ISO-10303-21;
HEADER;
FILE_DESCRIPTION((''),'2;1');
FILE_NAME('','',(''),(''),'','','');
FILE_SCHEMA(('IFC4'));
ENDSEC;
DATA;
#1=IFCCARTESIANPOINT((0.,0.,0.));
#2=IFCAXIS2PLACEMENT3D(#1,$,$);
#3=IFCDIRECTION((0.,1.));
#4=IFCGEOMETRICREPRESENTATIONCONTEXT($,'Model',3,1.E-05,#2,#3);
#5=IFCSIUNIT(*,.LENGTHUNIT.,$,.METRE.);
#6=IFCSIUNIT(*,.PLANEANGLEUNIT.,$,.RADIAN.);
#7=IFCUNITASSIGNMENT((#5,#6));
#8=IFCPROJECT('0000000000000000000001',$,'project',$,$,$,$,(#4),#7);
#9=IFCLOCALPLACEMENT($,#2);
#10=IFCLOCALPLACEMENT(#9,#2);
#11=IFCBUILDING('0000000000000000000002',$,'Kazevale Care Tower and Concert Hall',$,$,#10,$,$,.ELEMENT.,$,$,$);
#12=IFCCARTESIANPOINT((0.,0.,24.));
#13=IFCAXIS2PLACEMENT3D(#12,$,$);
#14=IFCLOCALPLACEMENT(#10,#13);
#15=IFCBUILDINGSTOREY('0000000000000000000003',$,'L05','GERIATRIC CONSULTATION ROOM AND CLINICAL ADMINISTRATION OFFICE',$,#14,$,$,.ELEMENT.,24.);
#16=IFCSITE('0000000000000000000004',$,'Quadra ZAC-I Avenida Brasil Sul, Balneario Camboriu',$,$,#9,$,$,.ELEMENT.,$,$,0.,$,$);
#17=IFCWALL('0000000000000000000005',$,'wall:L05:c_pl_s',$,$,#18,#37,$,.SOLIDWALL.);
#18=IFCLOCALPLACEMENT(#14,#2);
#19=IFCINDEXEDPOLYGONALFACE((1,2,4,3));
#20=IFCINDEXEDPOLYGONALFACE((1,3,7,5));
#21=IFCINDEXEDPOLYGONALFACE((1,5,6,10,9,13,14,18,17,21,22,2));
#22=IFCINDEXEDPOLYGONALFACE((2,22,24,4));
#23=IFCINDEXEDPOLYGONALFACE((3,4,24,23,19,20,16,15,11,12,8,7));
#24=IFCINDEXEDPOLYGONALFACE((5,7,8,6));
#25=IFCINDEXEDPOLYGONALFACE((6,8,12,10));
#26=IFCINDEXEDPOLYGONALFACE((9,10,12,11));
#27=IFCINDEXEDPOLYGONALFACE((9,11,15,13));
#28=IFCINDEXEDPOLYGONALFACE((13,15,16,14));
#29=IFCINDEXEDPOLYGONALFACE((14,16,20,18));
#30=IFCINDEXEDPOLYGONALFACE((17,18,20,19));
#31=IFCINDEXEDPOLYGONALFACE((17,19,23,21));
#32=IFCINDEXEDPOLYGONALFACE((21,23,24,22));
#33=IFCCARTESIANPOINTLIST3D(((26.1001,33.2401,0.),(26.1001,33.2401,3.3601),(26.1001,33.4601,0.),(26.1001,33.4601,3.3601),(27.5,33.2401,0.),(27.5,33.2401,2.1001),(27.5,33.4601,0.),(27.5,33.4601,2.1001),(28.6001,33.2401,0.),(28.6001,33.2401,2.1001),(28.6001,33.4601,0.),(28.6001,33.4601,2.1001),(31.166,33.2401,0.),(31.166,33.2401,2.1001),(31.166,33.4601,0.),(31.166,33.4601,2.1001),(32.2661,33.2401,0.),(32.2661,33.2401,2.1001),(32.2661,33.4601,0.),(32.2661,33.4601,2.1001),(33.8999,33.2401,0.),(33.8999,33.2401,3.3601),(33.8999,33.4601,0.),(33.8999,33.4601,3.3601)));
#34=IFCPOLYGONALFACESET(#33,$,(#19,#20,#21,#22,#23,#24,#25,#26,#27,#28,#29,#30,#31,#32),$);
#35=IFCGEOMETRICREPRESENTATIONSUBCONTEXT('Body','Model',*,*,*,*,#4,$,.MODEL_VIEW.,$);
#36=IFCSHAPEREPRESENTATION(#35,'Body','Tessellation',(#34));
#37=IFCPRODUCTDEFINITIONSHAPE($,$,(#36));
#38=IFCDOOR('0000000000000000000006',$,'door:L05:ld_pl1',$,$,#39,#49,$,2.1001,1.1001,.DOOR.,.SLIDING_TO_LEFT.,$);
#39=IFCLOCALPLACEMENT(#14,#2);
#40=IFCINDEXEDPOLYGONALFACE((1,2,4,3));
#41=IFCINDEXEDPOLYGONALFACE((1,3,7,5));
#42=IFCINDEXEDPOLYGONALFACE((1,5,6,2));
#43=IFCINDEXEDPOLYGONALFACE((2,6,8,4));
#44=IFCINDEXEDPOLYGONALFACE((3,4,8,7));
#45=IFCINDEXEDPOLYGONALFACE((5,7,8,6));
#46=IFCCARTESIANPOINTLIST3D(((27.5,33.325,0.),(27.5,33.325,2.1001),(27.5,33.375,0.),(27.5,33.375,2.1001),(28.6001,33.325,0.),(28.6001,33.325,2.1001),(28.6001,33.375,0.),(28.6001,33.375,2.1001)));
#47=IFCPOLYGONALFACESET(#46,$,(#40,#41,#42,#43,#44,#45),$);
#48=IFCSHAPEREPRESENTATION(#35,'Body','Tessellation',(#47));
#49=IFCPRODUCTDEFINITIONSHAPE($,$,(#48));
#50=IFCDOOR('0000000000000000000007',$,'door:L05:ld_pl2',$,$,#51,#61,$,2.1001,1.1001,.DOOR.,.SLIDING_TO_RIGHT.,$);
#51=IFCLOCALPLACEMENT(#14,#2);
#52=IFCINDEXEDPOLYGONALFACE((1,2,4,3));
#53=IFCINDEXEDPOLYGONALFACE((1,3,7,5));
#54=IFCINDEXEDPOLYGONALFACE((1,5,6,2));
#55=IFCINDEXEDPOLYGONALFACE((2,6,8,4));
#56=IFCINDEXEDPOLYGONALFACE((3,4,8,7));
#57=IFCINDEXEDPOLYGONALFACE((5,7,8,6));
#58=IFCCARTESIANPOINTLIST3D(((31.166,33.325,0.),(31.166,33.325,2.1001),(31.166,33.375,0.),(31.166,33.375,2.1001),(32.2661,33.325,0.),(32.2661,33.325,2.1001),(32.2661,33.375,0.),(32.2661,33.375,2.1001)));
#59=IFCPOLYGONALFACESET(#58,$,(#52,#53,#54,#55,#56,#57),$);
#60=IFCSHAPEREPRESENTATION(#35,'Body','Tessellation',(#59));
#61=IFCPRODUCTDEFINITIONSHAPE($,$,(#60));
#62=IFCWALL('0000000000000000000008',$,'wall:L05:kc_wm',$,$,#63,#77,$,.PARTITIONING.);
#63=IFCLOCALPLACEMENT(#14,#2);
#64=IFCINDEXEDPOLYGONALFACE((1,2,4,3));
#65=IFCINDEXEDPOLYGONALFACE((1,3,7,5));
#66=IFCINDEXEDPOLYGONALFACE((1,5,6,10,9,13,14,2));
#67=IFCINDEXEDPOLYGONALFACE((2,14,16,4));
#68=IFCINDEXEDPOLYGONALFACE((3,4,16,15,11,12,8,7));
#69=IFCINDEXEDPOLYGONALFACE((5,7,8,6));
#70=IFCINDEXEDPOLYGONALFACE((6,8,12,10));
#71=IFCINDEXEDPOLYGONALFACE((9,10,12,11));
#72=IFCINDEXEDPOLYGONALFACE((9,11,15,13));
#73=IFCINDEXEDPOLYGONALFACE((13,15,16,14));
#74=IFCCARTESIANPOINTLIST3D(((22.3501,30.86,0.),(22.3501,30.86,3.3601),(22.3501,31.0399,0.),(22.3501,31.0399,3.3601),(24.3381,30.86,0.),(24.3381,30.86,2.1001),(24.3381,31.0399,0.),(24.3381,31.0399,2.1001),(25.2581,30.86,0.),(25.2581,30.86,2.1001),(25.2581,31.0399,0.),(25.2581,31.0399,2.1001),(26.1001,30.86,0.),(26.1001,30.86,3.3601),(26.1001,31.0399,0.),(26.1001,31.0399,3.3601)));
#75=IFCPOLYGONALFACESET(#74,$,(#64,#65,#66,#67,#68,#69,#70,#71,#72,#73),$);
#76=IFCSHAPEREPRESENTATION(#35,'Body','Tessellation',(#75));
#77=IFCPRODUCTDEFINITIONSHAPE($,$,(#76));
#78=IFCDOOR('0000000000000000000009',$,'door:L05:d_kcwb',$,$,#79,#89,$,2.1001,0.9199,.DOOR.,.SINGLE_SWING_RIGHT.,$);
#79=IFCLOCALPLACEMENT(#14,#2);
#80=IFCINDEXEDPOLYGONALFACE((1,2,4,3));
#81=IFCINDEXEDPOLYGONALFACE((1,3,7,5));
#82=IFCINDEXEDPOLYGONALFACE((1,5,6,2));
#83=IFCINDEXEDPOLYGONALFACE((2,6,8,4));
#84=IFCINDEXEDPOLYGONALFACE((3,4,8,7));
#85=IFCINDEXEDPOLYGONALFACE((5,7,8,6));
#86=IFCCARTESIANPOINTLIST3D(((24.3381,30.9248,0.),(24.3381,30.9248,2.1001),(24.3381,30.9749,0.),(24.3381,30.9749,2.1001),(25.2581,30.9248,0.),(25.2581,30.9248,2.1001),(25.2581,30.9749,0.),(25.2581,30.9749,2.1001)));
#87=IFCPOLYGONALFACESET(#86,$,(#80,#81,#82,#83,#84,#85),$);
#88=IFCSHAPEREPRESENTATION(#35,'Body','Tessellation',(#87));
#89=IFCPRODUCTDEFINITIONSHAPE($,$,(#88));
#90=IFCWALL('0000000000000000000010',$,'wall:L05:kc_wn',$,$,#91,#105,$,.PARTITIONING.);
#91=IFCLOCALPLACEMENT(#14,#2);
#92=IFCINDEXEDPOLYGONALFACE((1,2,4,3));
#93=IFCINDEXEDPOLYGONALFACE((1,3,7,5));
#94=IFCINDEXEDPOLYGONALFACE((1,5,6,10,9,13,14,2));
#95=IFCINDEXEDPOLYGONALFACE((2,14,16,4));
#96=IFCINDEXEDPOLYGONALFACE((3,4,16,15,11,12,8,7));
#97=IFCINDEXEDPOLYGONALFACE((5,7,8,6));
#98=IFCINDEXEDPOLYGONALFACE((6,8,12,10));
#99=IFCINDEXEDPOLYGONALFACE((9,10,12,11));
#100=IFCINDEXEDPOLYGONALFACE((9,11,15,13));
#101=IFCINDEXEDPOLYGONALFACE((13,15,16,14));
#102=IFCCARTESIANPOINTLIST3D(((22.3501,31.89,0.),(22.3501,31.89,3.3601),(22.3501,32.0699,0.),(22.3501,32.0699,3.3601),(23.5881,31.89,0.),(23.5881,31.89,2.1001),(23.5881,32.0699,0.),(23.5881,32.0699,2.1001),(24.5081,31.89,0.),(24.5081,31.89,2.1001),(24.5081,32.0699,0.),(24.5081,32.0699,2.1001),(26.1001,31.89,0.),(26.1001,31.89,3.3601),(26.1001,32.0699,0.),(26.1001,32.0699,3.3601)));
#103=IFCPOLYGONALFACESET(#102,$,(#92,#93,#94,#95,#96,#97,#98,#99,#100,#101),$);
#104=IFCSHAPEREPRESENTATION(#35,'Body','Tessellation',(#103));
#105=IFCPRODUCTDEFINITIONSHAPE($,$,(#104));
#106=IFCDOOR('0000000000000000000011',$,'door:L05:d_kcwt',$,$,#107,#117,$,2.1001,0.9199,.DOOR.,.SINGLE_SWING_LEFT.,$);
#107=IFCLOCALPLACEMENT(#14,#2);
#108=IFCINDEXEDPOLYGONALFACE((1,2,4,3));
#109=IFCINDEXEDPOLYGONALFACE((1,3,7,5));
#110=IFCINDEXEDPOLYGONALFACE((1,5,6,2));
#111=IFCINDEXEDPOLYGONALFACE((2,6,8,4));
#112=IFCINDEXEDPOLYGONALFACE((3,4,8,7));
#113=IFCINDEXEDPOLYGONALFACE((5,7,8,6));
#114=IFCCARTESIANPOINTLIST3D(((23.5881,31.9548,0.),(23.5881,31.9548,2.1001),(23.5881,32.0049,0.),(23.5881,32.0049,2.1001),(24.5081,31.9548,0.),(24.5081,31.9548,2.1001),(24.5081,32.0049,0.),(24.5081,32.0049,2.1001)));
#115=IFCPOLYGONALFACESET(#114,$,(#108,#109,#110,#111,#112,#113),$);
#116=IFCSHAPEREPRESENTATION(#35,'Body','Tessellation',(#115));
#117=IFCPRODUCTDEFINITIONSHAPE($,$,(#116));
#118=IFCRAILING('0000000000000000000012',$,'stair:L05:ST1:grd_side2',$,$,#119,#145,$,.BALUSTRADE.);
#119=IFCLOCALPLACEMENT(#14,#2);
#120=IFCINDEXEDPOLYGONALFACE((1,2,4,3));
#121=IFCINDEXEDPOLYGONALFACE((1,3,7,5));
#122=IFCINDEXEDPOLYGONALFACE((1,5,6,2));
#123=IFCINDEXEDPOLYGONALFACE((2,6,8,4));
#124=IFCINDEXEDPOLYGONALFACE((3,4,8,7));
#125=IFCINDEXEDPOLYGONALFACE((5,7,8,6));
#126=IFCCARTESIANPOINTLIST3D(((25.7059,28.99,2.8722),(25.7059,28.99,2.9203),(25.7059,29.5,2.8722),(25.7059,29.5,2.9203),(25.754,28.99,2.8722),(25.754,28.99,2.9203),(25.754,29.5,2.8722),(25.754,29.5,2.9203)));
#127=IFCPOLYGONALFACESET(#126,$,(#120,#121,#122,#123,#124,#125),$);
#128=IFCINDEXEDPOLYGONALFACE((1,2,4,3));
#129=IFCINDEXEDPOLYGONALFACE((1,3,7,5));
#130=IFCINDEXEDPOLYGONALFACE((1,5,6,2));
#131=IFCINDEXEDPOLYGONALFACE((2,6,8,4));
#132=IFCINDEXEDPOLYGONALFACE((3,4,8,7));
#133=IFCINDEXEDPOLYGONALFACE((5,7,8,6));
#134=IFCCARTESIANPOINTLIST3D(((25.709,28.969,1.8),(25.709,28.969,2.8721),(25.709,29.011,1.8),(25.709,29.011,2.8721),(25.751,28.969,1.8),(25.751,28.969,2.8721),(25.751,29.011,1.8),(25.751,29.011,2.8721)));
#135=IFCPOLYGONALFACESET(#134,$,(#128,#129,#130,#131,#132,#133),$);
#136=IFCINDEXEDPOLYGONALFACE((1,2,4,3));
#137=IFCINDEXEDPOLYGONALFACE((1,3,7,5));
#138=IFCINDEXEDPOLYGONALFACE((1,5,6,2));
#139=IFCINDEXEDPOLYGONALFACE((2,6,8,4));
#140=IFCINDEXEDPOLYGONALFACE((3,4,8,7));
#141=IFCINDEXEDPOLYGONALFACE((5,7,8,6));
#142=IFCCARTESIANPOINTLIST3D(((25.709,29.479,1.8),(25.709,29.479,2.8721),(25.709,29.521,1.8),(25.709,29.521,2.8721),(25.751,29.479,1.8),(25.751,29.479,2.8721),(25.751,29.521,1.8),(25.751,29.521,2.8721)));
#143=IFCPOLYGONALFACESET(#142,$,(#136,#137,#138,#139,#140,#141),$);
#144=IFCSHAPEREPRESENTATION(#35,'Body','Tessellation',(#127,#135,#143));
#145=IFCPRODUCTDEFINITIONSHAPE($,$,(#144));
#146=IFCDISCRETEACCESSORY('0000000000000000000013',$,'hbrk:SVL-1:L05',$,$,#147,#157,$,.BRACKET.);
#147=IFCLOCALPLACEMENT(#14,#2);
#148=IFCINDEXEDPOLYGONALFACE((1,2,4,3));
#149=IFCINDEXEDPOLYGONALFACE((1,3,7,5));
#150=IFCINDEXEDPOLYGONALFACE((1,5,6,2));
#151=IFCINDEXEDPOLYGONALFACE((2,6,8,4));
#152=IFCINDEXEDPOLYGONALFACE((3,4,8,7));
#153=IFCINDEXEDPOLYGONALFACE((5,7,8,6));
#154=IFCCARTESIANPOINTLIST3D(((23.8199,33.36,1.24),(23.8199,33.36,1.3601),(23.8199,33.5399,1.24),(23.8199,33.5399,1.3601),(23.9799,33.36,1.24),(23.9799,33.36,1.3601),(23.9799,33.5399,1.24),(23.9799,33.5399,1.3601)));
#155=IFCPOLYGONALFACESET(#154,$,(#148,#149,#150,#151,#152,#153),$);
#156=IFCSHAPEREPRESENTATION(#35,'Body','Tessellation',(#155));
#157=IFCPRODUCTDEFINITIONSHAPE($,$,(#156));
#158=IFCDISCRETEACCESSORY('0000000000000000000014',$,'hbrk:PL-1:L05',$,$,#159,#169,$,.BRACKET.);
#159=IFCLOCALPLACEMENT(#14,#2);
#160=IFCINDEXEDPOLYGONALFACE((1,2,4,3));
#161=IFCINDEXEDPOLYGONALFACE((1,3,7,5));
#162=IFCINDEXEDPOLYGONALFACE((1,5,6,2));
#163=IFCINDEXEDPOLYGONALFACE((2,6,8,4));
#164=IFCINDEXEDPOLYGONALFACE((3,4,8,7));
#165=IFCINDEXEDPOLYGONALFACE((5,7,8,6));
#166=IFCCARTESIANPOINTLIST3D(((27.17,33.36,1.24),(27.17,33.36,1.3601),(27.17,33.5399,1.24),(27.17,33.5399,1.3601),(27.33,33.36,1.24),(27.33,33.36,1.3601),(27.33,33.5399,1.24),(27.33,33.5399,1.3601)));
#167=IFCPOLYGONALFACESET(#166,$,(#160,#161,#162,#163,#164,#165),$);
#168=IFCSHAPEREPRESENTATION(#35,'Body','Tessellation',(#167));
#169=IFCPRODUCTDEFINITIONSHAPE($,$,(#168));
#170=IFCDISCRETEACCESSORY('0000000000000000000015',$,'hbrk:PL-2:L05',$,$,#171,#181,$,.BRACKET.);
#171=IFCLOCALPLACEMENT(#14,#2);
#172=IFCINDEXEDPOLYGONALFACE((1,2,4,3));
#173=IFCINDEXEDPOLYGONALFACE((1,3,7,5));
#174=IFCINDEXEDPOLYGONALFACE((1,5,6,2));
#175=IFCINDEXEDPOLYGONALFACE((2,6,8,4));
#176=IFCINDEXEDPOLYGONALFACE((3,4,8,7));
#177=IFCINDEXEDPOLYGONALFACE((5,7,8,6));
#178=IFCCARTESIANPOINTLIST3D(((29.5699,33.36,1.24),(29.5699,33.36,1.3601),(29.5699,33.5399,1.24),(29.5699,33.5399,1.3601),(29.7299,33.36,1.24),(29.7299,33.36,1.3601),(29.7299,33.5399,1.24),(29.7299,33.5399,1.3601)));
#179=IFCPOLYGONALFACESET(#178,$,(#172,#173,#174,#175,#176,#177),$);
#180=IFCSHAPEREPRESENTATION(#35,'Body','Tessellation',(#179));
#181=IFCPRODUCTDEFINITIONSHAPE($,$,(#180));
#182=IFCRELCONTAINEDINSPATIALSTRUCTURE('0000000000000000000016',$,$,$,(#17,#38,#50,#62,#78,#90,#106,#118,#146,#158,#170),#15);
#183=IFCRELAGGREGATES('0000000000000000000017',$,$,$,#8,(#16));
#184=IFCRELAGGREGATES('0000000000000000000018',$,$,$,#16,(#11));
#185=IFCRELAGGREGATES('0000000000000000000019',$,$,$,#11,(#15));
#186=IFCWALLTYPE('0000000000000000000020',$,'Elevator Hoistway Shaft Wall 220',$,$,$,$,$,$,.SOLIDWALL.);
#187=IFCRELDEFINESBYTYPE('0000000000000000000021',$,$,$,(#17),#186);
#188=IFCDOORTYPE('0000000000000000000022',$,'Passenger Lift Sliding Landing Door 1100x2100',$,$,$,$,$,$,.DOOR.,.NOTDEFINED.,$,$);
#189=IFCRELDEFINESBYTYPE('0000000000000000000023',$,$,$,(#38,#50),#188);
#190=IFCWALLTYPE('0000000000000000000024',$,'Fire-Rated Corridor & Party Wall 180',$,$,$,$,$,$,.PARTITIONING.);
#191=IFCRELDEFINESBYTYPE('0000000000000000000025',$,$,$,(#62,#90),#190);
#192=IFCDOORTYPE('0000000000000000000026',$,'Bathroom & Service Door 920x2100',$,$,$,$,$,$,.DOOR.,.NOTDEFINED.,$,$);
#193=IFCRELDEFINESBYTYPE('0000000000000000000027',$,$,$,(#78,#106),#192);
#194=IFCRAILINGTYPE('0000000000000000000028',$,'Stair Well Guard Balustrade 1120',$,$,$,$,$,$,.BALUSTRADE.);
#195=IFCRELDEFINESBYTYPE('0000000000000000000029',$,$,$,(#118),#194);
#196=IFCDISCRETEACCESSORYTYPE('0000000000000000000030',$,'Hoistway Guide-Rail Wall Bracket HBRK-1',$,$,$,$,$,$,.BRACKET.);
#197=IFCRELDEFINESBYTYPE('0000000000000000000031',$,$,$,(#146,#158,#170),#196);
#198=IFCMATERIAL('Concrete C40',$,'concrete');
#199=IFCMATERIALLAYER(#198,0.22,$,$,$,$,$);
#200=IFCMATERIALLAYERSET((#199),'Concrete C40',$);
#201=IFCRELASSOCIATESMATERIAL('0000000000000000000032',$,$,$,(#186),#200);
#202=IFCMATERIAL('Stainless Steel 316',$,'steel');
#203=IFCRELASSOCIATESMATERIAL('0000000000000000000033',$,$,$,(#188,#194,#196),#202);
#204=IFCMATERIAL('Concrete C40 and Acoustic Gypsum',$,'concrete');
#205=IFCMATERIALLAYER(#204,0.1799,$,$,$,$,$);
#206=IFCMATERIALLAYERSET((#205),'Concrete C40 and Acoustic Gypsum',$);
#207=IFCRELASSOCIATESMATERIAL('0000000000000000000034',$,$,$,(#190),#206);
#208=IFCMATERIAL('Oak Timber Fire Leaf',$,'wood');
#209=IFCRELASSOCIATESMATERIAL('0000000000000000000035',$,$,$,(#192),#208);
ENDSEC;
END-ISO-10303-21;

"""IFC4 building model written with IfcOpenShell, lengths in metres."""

from ifc_helpers import new_model, si_unit, direction, frame, frame_2d, origin, origin_2d, place, context, subcontext, project, spatial, rectangle, extrude, material, layer, layer_set, type_object, element, fill, save


model = new_model("IFC4")

# Units and contexts
model_context = context("Model", 3, precision=1e-05, world=origin(), true_north=direction((0.0, 1.0)))
body_context = subcontext(model_context, "Body", "Model", "MODEL_VIEW")
ifc_project = project(units=[si_unit("LENGTHUNIT", "METRE"), si_unit("PLANEANGLEUNIT", "RADIAN")], contexts=[model_context])

# Site, building, storey
site_placement = place(None, origin())
site = spatial("IfcSite", under=ifc_project, at=site_placement, Name="Quadra ZAC-I Avenida Brasil Sul, Balneario Camboriu", CompositionType="ELEMENT", RefElevation=0.0)
building_placement = place(site_placement, origin())
building = spatial("IfcBuilding", under=site, at=building_placement, Name="Kazevale Care Tower and Concert Hall", CompositionType="ELEMENT")
storey_placement = place(building_placement, frame((0.0, 0.0, 24.0)))
storey = spatial("IfcBuildingStorey", under=building, at=storey_placement, Name="L05", Description="GERIATRIC CONSULTATION ROOM AND CLINICAL ADMINISTRATION OFFICE", CompositionType="ELEMENT", Elevation=24.0)

# Shared definitions
ifc_material_1 = material(Name="Concrete C40", Category="concrete")
ifc_layer_1 = layer(ifc_material_1, 0.22)
ifc_layer_set_1 = layer_set([ifc_layer_1], Name="Concrete C40")
wall_type_1 = type_object("IfcWallType", Name="Elevator Hoistway Shaft Wall 220", PredefinedType="SOLIDWALL", material=ifc_layer_set_1)

# Shared definitions
ifc_material_2 = material(Name="Stainless Steel 316", Category="steel")

# Wall, openings, doors
wall_1_placement = place(storey_placement, frame((26.1001, 33.3501, 0.0), z_axis=(0.0, 0.0, 1.0), x_axis=(1.0, 0.0, 0.0)))
wall_1 = element("IfcWall", 1, at=wall_1_placement, inside=storey, type_object=wall_type_1, Name="wall:L05:c_pl_s", PredefinedType="SOLIDWALL", context=body_context, shape_type="SweptSolid", body=[
    extrude(rectangle(XDim=7.7998, YDim=0.22, at=frame_2d((3.8999, 0.0))), origin(), (0.0, 0.0, 1.0), 3.3601),
])
opening_1_placement = place(wall_1_placement, frame((1.3999, 0.0, 0.0)))
opening_1 = element("IfcOpeningElement", 2, at=opening_1_placement, cuts=wall_1, PredefinedType="OPENING", context=body_context, shape_type="SweptSolid", body=[
    extrude(rectangle(XDim=1.1001, YDim=2.1001, at=frame_2d((0.55, 1.05))), frame((0.0, 0.1199, 0.0), z_axis=(0.0, -1.0, 0.0), x_axis=(1.0, 0.0, 0.0)), (0.0, 0.0, 1.0), 0.24),
])
opening_2_placement = place(wall_1_placement, frame((5.0659, 0.0, 0.0)))
opening_2 = element("IfcOpeningElement", 3, at=opening_2_placement, cuts=wall_1, PredefinedType="OPENING", context=body_context, shape_type="SweptSolid", body=[
    extrude(rectangle(XDim=1.1001, YDim=2.1001, at=frame_2d((0.55, 1.05))), frame((0.0, 0.1199, 0.0), z_axis=(0.0, -1.0, 0.0), x_axis=(1.0, 0.0, 0.0)), (0.0, 0.0, 1.0), 0.24),
])
door_type_1 = type_object("IfcDoorType", Name="Passenger Lift Sliding Landing Door 1100x2100", OperationType="NOTDEFINED", PredefinedType="DOOR", material=ifc_material_2)
door_1_placement = place(opening_1_placement, origin())
door_1 = element("IfcDoor", 4, at=door_1_placement, inside=storey, type_object=door_type_1, Name="door:L05:ld_pl1", OperationType="SLIDING_TO_LEFT", OverallHeight=2.1001, OverallWidth=1.1001, PredefinedType="DOOR", context=body_context, shape_type="SweptSolid", body=[
    extrude(rectangle(XDim=1.1001, YDim=2.1001, at=frame_2d((0.55, 1.05))), frame((0.0, 0.0249, 0.0), z_axis=(0.0, -1.0, 0.0), x_axis=(1.0, 0.0, 0.0)), (0.0, 0.0, 1.0), 0.05),
])
fill(opening_1, door_1)
door_2_placement = place(opening_2_placement, origin())
door_2 = element("IfcDoor", 5, at=door_2_placement, inside=storey, type_object=door_type_1, Name="door:L05:ld_pl2", OperationType="SLIDING_TO_RIGHT", OverallHeight=2.1001, OverallWidth=1.1001, PredefinedType="DOOR", context=body_context, shape_type="SweptSolid", body=[
    extrude(rectangle(XDim=1.1001, YDim=2.1001, at=frame_2d((0.55, 1.05))), frame((0.0, 0.0249, 0.0), z_axis=(0.0, -1.0, 0.0), x_axis=(1.0, 0.0, 0.0)), (0.0, 0.0, 1.0), 0.05),
])
fill(opening_2, door_2)

# Walls, openings, doors
ifc_material_3 = material(Name="Concrete C40 and Acoustic Gypsum", Category="concrete")
ifc_layer_2 = layer(ifc_material_3, 0.1799)
ifc_layer_set_2 = layer_set([ifc_layer_2], Name="Concrete C40 and Acoustic Gypsum")
wall_type_2 = type_object("IfcWallType", Name="Fire-Rated Corridor & Party Wall 180", PredefinedType="PARTITIONING", material=ifc_layer_set_2)
wall_2_placement = place(storey_placement, frame((22.3501, 30.95, 0.0), z_axis=(0.0, 0.0, 1.0), x_axis=(1.0, 0.0, 0.0)))
wall_2 = element("IfcWall", 6, at=wall_2_placement, inside=storey, type_object=wall_type_2, Name="wall:L05:kc_wm", PredefinedType="PARTITIONING", context=body_context, shape_type="SweptSolid", body=[
    extrude(rectangle(XDim=3.75, YDim=0.1799, at=frame_2d((1.875, 0.0))), origin(), (0.0, 0.0, 1.0), 3.3601),
])
opening_3_placement = place(wall_2_placement, frame((1.988, 0.0, 0.0)))
opening_3 = element("IfcOpeningElement", 7, at=opening_3_placement, cuts=wall_2, PredefinedType="OPENING", context=body_context, shape_type="SweptSolid", body=[
    extrude(rectangle(XDim=0.9199, YDim=2.1001, at=frame_2d((0.46, 1.05))), frame((0.0, 0.0999, 0.0), z_axis=(0.0, -1.0, 0.0), x_axis=(1.0, 0.0, 0.0)), (0.0, 0.0, 1.0), 0.2),
])
ifc_material_4 = material(Name="Oak Timber Fire Leaf", Category="wood")
door_type_2 = type_object("IfcDoorType", Name="Bathroom & Service Door 920x2100", OperationType="NOTDEFINED", PredefinedType="DOOR", material=ifc_material_4)
door_3_placement = place(opening_3_placement, origin())
door_3 = element("IfcDoor", 8, at=door_3_placement, inside=storey, type_object=door_type_2, Name="door:L05:d_kcwb", OperationType="SINGLE_SWING_RIGHT", OverallHeight=2.1001, OverallWidth=0.9199, PredefinedType="DOOR", context=body_context, shape_type="SweptSolid", body=[
    extrude(rectangle(XDim=0.9199, YDim=2.1001, at=frame_2d((0.46, 1.05))), frame((0.0, 0.0249, 0.0), z_axis=(0.0, -1.0, 0.0), x_axis=(1.0, 0.0, 0.0)), (0.0, 0.0, 1.0), 0.05),
])
fill(opening_3, door_3)
wall_3_placement = place(storey_placement, frame((22.3501, 31.98, 0.0), z_axis=(0.0, 0.0, 1.0), x_axis=(1.0, 0.0, 0.0)))
wall_3 = element("IfcWall", 9, at=wall_3_placement, inside=storey, type_object=wall_type_2, Name="wall:L05:kc_wn", PredefinedType="PARTITIONING", context=body_context, shape_type="SweptSolid", body=[
    extrude(rectangle(XDim=3.75, YDim=0.1799, at=frame_2d((1.875, 0.0))), origin(), (0.0, 0.0, 1.0), 3.3601),
])
opening_4_placement = place(wall_3_placement, frame((1.238, 0.0, 0.0)))
opening_4 = element("IfcOpeningElement", 10, at=opening_4_placement, cuts=wall_3, PredefinedType="OPENING", context=body_context, shape_type="SweptSolid", body=[
    extrude(rectangle(XDim=0.9199, YDim=2.1001, at=frame_2d((0.46, 1.05))), frame((0.0, 0.0999, 0.0), z_axis=(0.0, -1.0, 0.0), x_axis=(1.0, 0.0, 0.0)), (0.0, 0.0, 1.0), 0.2),
])
door_4_placement = place(opening_4_placement, origin())
door_4 = element("IfcDoor", 11, at=door_4_placement, inside=storey, type_object=door_type_2, Name="door:L05:d_kcwt", OperationType="SINGLE_SWING_LEFT", OverallHeight=2.1001, OverallWidth=0.9199, PredefinedType="DOOR", context=body_context, shape_type="SweptSolid", body=[
    extrude(rectangle(XDim=0.9199, YDim=2.1001, at=frame_2d((0.46, 1.05))), frame((0.0, 0.0249, 0.0), z_axis=(0.0, -1.0, 0.0), x_axis=(1.0, 0.0, 0.0)), (0.0, 0.0, 1.0), 0.05),
])
fill(opening_4, door_4)

# Railing
railing_type = type_object("IfcRailingType", Name="Stair Well Guard Balustrade 1120", PredefinedType="BALUSTRADE", material=ifc_material_2)
railing_placement = place(storey_placement, frame((25.73, 28.99, 1.8)))
element("IfcRailing", 12, at=railing_placement, inside=storey, type_object=railing_type, Name="stair:L05:ST1:grd_side2", PredefinedType="BALUSTRADE", context=body_context, shape_type="SweptSolid", body=[
    extrude(rectangle(XDim=0.0481, YDim=0.0481, at=origin_2d()), frame((0.0, 0.0, 1.0962), z_axis=(0.0, 1.0, 0.0), x_axis=(-1.0, 0.0, 0.0)), (0.0, 0.0, 1.0), 0.51),
    extrude(rectangle(XDim=0.042, YDim=0.042, at=origin_2d()), origin(), (0.0, 0.0, 1.0), 1.072),
    extrude(rectangle(XDim=0.042, YDim=0.042, at=origin_2d()), frame((0.0, 0.51, 0.0)), (0.0, 0.0, 1.0), 1.072),
])

# Discrete accessories
discrete_accessory_type = type_object("IfcDiscreteAccessoryType", Name="Hoistway Guide-Rail Wall Bracket HBRK-1", PredefinedType="BRACKET", material=ifc_material_2)
for number, where, z_axis, x_axis, name in (
    (13, (23.8999, 33.45, 1.24), (0.0, 0.0, 1.0), (1.0, 0.0, 0.0), "hbrk:SVL-1:L05"),
    (14, (27.25, 33.45, 1.24), (0.0, 0.0, 1.0), (1.0, 0.0, 0.0), "hbrk:PL-1:L05"),
    (15, (29.6499, 33.45, 1.24), (0.0, 0.0, 1.0), (1.0, 0.0, 0.0), "hbrk:PL-2:L05"),
):
    element("IfcDiscreteAccessory", number, at=place(storey_placement, frame(where, z_axis=z_axis, x_axis=x_axis)), inside=storey, type_object=discrete_accessory_type, Name=name, PredefinedType="BRACKET", context=body_context, shape_type="SweptSolid", body=[
        extrude(rectangle(XDim=0.1599, YDim=0.1799, at=origin_2d()), origin(), (0.0, 0.0, 1.0), 0.1201),
    ])

save(model, "model.ifc")
